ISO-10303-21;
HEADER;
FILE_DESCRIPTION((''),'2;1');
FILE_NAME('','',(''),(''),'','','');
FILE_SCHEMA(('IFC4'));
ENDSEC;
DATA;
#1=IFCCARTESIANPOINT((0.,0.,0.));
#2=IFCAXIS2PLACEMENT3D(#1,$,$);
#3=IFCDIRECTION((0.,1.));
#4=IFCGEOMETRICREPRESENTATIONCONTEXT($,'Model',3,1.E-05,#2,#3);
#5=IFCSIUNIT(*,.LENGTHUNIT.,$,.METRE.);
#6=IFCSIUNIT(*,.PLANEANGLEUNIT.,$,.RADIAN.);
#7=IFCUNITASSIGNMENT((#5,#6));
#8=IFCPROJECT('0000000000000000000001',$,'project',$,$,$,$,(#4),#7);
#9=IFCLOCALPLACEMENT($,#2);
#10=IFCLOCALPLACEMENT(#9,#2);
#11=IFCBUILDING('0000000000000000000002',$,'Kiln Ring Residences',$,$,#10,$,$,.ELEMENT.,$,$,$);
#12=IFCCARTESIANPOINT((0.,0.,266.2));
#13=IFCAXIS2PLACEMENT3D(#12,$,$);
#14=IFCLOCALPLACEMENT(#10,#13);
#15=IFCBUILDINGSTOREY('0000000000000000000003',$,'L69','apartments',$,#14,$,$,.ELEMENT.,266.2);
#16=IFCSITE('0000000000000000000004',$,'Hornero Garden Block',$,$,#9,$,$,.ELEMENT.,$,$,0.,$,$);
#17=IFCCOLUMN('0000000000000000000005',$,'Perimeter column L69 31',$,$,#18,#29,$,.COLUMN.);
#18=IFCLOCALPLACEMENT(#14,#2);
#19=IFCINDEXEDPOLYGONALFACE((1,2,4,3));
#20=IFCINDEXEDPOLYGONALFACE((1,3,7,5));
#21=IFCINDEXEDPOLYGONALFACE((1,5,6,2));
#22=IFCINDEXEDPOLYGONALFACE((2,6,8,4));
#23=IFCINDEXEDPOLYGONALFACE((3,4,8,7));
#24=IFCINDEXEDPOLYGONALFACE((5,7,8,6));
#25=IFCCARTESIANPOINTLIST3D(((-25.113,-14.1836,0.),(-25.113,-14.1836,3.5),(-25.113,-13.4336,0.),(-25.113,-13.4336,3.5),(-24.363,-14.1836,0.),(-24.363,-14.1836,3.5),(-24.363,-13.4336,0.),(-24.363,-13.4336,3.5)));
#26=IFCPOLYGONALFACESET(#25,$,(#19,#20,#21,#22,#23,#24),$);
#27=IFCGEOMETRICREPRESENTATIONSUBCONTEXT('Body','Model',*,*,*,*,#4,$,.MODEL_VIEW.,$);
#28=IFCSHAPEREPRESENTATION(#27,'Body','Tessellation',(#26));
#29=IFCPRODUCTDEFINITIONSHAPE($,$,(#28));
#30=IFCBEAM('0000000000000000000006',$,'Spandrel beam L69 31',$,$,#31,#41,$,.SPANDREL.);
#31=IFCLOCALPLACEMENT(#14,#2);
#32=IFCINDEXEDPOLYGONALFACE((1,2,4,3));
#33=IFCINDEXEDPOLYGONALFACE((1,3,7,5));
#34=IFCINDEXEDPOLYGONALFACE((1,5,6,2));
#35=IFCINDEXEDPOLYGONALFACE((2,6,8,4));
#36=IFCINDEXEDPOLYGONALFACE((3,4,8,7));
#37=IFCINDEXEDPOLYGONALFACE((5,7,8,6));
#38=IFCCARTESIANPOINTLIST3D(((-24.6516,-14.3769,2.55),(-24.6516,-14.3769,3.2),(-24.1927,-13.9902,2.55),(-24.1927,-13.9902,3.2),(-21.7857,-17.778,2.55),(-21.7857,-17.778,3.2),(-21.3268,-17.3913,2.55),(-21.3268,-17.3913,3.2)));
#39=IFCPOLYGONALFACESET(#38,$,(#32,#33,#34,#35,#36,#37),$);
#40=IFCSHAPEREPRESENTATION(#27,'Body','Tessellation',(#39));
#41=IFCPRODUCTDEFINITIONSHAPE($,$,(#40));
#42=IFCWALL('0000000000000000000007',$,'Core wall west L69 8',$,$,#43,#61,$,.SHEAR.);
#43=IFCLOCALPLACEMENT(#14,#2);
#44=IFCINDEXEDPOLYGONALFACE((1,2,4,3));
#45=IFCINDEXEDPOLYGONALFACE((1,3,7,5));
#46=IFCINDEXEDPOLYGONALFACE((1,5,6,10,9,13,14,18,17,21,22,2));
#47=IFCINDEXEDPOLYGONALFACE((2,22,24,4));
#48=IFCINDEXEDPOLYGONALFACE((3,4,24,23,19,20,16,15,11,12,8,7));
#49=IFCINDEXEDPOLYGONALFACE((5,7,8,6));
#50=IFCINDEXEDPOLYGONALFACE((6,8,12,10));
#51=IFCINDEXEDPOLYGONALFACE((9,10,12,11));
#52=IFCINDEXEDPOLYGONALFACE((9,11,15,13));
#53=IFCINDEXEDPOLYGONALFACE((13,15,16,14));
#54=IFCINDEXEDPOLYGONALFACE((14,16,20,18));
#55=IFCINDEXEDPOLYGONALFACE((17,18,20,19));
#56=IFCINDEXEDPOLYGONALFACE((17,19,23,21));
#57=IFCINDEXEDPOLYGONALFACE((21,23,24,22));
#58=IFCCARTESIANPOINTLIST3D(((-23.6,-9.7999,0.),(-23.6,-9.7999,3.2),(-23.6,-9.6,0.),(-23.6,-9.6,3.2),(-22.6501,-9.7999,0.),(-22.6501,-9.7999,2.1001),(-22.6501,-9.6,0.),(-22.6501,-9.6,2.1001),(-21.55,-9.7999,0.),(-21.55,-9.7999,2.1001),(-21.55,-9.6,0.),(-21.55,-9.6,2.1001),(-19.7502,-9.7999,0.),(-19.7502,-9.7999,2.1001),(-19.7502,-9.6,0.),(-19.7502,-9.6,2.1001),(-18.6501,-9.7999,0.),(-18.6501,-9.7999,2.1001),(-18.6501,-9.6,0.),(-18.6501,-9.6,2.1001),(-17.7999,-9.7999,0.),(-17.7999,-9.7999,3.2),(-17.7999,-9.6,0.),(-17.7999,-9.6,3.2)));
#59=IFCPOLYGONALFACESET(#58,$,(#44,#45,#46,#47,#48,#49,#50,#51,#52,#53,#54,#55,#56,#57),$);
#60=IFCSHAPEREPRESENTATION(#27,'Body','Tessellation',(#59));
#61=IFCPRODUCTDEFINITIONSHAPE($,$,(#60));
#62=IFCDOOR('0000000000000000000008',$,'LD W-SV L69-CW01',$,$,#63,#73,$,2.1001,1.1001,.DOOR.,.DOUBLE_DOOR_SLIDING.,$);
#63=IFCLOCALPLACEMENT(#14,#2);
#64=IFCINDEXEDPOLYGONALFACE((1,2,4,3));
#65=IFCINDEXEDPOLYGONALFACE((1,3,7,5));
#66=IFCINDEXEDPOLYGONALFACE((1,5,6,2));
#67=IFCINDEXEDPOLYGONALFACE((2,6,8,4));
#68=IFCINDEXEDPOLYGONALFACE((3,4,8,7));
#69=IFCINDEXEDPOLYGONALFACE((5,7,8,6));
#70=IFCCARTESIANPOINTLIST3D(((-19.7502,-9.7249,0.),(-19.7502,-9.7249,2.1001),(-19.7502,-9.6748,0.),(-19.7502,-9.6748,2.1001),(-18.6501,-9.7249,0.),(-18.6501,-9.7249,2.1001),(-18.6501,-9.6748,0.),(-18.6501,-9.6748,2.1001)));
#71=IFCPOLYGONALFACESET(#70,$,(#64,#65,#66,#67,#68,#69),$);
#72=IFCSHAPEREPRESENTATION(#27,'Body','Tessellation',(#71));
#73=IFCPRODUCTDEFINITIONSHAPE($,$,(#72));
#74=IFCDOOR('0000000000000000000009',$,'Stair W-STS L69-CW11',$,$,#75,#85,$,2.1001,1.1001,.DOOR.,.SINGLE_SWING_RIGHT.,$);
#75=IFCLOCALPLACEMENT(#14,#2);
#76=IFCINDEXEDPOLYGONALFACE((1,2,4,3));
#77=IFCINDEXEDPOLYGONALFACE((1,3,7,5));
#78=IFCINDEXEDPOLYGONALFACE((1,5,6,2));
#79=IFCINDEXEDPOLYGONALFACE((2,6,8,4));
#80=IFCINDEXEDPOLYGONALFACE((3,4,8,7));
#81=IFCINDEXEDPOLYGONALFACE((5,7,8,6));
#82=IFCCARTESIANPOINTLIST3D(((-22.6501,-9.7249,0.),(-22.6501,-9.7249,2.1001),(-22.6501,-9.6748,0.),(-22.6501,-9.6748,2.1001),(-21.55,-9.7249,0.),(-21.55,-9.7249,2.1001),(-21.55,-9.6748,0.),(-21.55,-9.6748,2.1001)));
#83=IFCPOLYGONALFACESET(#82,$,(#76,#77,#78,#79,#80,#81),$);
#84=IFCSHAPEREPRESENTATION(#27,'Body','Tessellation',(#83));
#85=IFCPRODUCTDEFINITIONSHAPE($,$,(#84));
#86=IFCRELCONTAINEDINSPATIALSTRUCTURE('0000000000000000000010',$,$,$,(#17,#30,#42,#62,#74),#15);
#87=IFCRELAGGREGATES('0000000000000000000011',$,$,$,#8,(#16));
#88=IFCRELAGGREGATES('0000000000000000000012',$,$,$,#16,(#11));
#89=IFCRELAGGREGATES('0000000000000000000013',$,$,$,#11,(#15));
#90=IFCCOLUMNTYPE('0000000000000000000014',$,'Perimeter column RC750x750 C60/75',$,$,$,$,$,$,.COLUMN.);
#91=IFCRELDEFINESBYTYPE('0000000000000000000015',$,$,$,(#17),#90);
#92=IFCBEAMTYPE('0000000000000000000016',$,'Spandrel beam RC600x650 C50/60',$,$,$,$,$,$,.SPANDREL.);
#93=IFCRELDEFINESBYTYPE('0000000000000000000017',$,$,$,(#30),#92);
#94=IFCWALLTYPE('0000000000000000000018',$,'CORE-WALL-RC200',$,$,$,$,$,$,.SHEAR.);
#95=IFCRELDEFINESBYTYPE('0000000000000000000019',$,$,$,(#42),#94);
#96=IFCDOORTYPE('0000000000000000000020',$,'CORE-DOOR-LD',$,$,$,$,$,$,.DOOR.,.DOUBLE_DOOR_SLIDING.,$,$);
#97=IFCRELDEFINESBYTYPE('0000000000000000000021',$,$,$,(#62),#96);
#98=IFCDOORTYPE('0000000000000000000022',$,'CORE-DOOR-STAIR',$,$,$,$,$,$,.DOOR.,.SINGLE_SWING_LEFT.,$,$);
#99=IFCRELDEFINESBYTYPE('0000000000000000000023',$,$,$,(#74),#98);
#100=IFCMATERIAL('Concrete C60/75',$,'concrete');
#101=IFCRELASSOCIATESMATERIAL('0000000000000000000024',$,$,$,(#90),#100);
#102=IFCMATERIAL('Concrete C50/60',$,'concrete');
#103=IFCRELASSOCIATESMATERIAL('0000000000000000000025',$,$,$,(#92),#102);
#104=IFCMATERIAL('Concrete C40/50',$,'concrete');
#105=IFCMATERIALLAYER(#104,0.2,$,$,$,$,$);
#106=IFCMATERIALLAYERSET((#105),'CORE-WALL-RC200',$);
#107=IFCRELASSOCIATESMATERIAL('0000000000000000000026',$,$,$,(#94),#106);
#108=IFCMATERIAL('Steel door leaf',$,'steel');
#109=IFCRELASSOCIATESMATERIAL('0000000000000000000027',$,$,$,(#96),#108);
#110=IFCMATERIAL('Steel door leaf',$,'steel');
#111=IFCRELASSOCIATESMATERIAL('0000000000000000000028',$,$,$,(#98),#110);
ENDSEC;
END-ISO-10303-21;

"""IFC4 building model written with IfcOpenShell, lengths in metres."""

from ifc_helpers import new_model, si_unit, direction, frame, frame_2d, origin, origin_2d, place, context, subcontext, project, spatial, rectangle, extrude, material, layer, layer_set, material_profile, profile_set, type_object, element, fill, save


model = new_model("IFC4")

# Units and contexts
model_context = context("Model", 3, precision=1e-05, world=origin(), true_north=direction((0.0, 1.0)))
body_context = subcontext(model_context, "Body", "Model", "MODEL_VIEW")
ifc_project = project(units=[si_unit("LENGTHUNIT", "METRE"), si_unit("PLANEANGLEUNIT", "RADIAN")], contexts=[model_context])

# Site, building, storey
site_placement = place(None, origin())
site = spatial("IfcSite", under=ifc_project, at=site_placement, Name="Hornero Garden Block", CompositionType="ELEMENT", RefElevation=0.0)
building_placement = place(site_placement, origin())
building = spatial("IfcBuilding", under=site, at=building_placement, Name="Kiln Ring Residences", CompositionType="ELEMENT")
storey_placement = place(building_placement, frame((0.0, 0.0, 266.2)))
storey = spatial("IfcBuildingStorey", under=building, at=storey_placement, Name="L69", Description="apartments", CompositionType="ELEMENT", Elevation=266.2)

# Column
ifc_material_1 = material(Name="Concrete C60/75", Category="concrete")
ifc_material_profile_1 = material_profile(ifc_material_1, rectangle(XDim=0.75, YDim=0.75, at=origin_2d()), Name="RC750x750")
ifc_profile_set_1 = profile_set([ifc_material_profile_1], Name="Concrete C60/75")
column_type = type_object("IfcColumnType", Name="Perimeter column RC750x750 C60/75", PredefinedType="COLUMN", material=ifc_profile_set_1)
column_placement = place(storey_placement, frame((-24.738, -13.8086, 0.0), z_axis=(0.0, 0.0, 1.0), x_axis=(1.0, 0.0, 0.0)))
element("IfcColumn", 1, at=column_placement, inside=storey, type_object=column_type, Name="Perimeter column L69 31", PredefinedType="COLUMN", context=body_context, shape_type="SweptSolid", body=[
    extrude(rectangle(XDim=0.75, YDim=0.75, at=origin_2d()), origin(), (0.0, 0.0, 1.0), 3.5),
])

# Beam
ifc_material_2 = material(Name="Concrete C50/60", Category="concrete")
ifc_material_profile_2 = material_profile(ifc_material_2, rectangle(XDim=0.6001, YDim=0.6499, at=origin_2d()), Name="RC600x650")
ifc_profile_set_2 = profile_set([ifc_material_profile_2], Name="Concrete C50/60")
beam_type = type_object("IfcBeamType", Name="Spandrel beam RC600x650 C50/60", PredefinedType="SPANDREL", material=ifc_profile_set_2)
beam_placement = place(storey_placement, frame((-24.4221, -14.1836, 2.875), z_axis=(0.644381, -0.764705, 0.0), x_axis=(0.764705, 0.644381, 0.0)))
element("IfcBeam", 2, at=beam_placement, inside=storey, type_object=beam_type, Name="Spandrel beam L69 31", PredefinedType="SPANDREL", context=body_context, shape_type="SweptSolid", body=[
    extrude(rectangle(XDim=0.6001, YDim=0.6499, at=origin_2d()), origin(), (0.0, 0.0, 1.0), 4.4475),
])

# Wall, openings, doors
ifc_material_3 = material(Name="Concrete C40/50", Category="concrete")
ifc_layer_1 = layer(ifc_material_3, 0.2)
ifc_layer_set_1 = layer_set([ifc_layer_1], Name="CORE-WALL-RC200")
wall_type_1 = type_object("IfcWallType", Name="CORE-WALL-RC200", PredefinedType="SHEAR", material=ifc_layer_set_1)
wall_1_placement = place(storey_placement, frame((-17.8, -9.7, 0.0), z_axis=(0.0, 0.0, 1.0), x_axis=(-1.0, 0.0, 0.0)))
wall_1 = element("IfcWall", 3, at=wall_1_placement, inside=storey, type_object=wall_type_1, Name="Core wall west L69 8", PredefinedType="SHEAR", context=body_context, shape_type="SweptSolid", body=[
    extrude(rectangle(XDim=5.8, YDim=0.2, at=frame_2d((2.8999, 0.0))), origin(), (0.0, 0.0, 1.0), 3.2),
])
opening_1_placement = place(wall_1_placement, frame((0.8501, 0.0, 0.0)))
opening_1 = element("IfcOpeningElement", 4, at=opening_1_placement, cuts=wall_1, PredefinedType="OPENING", context=body_context, shape_type="SweptSolid", body=[
    extrude(rectangle(XDim=1.1001, YDim=2.1001, at=frame_2d((0.55, 1.05))), frame((0.0, 0.1099, 0.0), z_axis=(0.0, -1.0, 0.0), x_axis=(1.0, 0.0, 0.0)), (0.0, 0.0, 1.0), 0.22),
])
opening_2_placement = place(wall_1_placement, frame((3.75, 0.0, 0.0)))
opening_2 = element("IfcOpeningElement", 5, at=opening_2_placement, cuts=wall_1, PredefinedType="OPENING", context=body_context, shape_type="SweptSolid", body=[
    extrude(rectangle(XDim=1.1001, YDim=2.1001, at=frame_2d((0.55, 1.05))), frame((0.0, 0.1099, 0.0), z_axis=(0.0, -1.0, 0.0), x_axis=(1.0, 0.0, 0.0)), (0.0, 0.0, 1.0), 0.22),
])
ifc_material_4 = material(Name="Steel door leaf", Category="steel")
door_type_1 = type_object("IfcDoorType", Name="CORE-DOOR-LD", OperationType="DOUBLE_DOOR_SLIDING", PredefinedType="DOOR", material=ifc_material_4)
door_1_placement = place(opening_1_placement, origin())
door_1 = element("IfcDoor", 6, at=door_1_placement, inside=storey, type_object=door_type_1, Name="LD W-SV L69-CW01", OperationType="DOUBLE_DOOR_SLIDING", OverallHeight=2.1001, OverallWidth=1.1001, PredefinedType="DOOR", context=body_context, shape_type="SweptSolid", body=[
    extrude(rectangle(XDim=1.1001, YDim=2.1001, at=frame_2d((0.55, 1.05))), frame((0.0, 0.0249, 0.0), z_axis=(0.0, -1.0, 0.0), x_axis=(1.0, 0.0, 0.0)), (0.0, 0.0, 1.0), 0.05),
])
fill(opening_1, door_1)
ifc_material_5 = material(Name="Steel door leaf", Category="steel")
door_type_2 = type_object("IfcDoorType", Name="CORE-DOOR-STAIR", OperationType="SINGLE_SWING_LEFT", PredefinedType="DOOR", material=ifc_material_5)
door_2_placement = place(opening_2_placement, origin())
door_2 = element("IfcDoor", 7, at=door_2_placement, inside=storey, type_object=door_type_2, Name="Stair W-STS L69-CW11", OperationType="SINGLE_SWING_RIGHT", OverallHeight=2.1001, OverallWidth=1.1001, PredefinedType="DOOR", context=body_context, shape_type="SweptSolid", body=[
    extrude(rectangle(XDim=1.1001, YDim=2.1001, at=frame_2d((0.55, 1.05))), frame((0.0, 0.0249, 0.0), z_axis=(0.0, -1.0, 0.0), x_axis=(1.0, 0.0, 0.0)), (0.0, 0.0, 1.0), 0.05),
])
fill(opening_2, door_2)

save(model, "model.ifc")
